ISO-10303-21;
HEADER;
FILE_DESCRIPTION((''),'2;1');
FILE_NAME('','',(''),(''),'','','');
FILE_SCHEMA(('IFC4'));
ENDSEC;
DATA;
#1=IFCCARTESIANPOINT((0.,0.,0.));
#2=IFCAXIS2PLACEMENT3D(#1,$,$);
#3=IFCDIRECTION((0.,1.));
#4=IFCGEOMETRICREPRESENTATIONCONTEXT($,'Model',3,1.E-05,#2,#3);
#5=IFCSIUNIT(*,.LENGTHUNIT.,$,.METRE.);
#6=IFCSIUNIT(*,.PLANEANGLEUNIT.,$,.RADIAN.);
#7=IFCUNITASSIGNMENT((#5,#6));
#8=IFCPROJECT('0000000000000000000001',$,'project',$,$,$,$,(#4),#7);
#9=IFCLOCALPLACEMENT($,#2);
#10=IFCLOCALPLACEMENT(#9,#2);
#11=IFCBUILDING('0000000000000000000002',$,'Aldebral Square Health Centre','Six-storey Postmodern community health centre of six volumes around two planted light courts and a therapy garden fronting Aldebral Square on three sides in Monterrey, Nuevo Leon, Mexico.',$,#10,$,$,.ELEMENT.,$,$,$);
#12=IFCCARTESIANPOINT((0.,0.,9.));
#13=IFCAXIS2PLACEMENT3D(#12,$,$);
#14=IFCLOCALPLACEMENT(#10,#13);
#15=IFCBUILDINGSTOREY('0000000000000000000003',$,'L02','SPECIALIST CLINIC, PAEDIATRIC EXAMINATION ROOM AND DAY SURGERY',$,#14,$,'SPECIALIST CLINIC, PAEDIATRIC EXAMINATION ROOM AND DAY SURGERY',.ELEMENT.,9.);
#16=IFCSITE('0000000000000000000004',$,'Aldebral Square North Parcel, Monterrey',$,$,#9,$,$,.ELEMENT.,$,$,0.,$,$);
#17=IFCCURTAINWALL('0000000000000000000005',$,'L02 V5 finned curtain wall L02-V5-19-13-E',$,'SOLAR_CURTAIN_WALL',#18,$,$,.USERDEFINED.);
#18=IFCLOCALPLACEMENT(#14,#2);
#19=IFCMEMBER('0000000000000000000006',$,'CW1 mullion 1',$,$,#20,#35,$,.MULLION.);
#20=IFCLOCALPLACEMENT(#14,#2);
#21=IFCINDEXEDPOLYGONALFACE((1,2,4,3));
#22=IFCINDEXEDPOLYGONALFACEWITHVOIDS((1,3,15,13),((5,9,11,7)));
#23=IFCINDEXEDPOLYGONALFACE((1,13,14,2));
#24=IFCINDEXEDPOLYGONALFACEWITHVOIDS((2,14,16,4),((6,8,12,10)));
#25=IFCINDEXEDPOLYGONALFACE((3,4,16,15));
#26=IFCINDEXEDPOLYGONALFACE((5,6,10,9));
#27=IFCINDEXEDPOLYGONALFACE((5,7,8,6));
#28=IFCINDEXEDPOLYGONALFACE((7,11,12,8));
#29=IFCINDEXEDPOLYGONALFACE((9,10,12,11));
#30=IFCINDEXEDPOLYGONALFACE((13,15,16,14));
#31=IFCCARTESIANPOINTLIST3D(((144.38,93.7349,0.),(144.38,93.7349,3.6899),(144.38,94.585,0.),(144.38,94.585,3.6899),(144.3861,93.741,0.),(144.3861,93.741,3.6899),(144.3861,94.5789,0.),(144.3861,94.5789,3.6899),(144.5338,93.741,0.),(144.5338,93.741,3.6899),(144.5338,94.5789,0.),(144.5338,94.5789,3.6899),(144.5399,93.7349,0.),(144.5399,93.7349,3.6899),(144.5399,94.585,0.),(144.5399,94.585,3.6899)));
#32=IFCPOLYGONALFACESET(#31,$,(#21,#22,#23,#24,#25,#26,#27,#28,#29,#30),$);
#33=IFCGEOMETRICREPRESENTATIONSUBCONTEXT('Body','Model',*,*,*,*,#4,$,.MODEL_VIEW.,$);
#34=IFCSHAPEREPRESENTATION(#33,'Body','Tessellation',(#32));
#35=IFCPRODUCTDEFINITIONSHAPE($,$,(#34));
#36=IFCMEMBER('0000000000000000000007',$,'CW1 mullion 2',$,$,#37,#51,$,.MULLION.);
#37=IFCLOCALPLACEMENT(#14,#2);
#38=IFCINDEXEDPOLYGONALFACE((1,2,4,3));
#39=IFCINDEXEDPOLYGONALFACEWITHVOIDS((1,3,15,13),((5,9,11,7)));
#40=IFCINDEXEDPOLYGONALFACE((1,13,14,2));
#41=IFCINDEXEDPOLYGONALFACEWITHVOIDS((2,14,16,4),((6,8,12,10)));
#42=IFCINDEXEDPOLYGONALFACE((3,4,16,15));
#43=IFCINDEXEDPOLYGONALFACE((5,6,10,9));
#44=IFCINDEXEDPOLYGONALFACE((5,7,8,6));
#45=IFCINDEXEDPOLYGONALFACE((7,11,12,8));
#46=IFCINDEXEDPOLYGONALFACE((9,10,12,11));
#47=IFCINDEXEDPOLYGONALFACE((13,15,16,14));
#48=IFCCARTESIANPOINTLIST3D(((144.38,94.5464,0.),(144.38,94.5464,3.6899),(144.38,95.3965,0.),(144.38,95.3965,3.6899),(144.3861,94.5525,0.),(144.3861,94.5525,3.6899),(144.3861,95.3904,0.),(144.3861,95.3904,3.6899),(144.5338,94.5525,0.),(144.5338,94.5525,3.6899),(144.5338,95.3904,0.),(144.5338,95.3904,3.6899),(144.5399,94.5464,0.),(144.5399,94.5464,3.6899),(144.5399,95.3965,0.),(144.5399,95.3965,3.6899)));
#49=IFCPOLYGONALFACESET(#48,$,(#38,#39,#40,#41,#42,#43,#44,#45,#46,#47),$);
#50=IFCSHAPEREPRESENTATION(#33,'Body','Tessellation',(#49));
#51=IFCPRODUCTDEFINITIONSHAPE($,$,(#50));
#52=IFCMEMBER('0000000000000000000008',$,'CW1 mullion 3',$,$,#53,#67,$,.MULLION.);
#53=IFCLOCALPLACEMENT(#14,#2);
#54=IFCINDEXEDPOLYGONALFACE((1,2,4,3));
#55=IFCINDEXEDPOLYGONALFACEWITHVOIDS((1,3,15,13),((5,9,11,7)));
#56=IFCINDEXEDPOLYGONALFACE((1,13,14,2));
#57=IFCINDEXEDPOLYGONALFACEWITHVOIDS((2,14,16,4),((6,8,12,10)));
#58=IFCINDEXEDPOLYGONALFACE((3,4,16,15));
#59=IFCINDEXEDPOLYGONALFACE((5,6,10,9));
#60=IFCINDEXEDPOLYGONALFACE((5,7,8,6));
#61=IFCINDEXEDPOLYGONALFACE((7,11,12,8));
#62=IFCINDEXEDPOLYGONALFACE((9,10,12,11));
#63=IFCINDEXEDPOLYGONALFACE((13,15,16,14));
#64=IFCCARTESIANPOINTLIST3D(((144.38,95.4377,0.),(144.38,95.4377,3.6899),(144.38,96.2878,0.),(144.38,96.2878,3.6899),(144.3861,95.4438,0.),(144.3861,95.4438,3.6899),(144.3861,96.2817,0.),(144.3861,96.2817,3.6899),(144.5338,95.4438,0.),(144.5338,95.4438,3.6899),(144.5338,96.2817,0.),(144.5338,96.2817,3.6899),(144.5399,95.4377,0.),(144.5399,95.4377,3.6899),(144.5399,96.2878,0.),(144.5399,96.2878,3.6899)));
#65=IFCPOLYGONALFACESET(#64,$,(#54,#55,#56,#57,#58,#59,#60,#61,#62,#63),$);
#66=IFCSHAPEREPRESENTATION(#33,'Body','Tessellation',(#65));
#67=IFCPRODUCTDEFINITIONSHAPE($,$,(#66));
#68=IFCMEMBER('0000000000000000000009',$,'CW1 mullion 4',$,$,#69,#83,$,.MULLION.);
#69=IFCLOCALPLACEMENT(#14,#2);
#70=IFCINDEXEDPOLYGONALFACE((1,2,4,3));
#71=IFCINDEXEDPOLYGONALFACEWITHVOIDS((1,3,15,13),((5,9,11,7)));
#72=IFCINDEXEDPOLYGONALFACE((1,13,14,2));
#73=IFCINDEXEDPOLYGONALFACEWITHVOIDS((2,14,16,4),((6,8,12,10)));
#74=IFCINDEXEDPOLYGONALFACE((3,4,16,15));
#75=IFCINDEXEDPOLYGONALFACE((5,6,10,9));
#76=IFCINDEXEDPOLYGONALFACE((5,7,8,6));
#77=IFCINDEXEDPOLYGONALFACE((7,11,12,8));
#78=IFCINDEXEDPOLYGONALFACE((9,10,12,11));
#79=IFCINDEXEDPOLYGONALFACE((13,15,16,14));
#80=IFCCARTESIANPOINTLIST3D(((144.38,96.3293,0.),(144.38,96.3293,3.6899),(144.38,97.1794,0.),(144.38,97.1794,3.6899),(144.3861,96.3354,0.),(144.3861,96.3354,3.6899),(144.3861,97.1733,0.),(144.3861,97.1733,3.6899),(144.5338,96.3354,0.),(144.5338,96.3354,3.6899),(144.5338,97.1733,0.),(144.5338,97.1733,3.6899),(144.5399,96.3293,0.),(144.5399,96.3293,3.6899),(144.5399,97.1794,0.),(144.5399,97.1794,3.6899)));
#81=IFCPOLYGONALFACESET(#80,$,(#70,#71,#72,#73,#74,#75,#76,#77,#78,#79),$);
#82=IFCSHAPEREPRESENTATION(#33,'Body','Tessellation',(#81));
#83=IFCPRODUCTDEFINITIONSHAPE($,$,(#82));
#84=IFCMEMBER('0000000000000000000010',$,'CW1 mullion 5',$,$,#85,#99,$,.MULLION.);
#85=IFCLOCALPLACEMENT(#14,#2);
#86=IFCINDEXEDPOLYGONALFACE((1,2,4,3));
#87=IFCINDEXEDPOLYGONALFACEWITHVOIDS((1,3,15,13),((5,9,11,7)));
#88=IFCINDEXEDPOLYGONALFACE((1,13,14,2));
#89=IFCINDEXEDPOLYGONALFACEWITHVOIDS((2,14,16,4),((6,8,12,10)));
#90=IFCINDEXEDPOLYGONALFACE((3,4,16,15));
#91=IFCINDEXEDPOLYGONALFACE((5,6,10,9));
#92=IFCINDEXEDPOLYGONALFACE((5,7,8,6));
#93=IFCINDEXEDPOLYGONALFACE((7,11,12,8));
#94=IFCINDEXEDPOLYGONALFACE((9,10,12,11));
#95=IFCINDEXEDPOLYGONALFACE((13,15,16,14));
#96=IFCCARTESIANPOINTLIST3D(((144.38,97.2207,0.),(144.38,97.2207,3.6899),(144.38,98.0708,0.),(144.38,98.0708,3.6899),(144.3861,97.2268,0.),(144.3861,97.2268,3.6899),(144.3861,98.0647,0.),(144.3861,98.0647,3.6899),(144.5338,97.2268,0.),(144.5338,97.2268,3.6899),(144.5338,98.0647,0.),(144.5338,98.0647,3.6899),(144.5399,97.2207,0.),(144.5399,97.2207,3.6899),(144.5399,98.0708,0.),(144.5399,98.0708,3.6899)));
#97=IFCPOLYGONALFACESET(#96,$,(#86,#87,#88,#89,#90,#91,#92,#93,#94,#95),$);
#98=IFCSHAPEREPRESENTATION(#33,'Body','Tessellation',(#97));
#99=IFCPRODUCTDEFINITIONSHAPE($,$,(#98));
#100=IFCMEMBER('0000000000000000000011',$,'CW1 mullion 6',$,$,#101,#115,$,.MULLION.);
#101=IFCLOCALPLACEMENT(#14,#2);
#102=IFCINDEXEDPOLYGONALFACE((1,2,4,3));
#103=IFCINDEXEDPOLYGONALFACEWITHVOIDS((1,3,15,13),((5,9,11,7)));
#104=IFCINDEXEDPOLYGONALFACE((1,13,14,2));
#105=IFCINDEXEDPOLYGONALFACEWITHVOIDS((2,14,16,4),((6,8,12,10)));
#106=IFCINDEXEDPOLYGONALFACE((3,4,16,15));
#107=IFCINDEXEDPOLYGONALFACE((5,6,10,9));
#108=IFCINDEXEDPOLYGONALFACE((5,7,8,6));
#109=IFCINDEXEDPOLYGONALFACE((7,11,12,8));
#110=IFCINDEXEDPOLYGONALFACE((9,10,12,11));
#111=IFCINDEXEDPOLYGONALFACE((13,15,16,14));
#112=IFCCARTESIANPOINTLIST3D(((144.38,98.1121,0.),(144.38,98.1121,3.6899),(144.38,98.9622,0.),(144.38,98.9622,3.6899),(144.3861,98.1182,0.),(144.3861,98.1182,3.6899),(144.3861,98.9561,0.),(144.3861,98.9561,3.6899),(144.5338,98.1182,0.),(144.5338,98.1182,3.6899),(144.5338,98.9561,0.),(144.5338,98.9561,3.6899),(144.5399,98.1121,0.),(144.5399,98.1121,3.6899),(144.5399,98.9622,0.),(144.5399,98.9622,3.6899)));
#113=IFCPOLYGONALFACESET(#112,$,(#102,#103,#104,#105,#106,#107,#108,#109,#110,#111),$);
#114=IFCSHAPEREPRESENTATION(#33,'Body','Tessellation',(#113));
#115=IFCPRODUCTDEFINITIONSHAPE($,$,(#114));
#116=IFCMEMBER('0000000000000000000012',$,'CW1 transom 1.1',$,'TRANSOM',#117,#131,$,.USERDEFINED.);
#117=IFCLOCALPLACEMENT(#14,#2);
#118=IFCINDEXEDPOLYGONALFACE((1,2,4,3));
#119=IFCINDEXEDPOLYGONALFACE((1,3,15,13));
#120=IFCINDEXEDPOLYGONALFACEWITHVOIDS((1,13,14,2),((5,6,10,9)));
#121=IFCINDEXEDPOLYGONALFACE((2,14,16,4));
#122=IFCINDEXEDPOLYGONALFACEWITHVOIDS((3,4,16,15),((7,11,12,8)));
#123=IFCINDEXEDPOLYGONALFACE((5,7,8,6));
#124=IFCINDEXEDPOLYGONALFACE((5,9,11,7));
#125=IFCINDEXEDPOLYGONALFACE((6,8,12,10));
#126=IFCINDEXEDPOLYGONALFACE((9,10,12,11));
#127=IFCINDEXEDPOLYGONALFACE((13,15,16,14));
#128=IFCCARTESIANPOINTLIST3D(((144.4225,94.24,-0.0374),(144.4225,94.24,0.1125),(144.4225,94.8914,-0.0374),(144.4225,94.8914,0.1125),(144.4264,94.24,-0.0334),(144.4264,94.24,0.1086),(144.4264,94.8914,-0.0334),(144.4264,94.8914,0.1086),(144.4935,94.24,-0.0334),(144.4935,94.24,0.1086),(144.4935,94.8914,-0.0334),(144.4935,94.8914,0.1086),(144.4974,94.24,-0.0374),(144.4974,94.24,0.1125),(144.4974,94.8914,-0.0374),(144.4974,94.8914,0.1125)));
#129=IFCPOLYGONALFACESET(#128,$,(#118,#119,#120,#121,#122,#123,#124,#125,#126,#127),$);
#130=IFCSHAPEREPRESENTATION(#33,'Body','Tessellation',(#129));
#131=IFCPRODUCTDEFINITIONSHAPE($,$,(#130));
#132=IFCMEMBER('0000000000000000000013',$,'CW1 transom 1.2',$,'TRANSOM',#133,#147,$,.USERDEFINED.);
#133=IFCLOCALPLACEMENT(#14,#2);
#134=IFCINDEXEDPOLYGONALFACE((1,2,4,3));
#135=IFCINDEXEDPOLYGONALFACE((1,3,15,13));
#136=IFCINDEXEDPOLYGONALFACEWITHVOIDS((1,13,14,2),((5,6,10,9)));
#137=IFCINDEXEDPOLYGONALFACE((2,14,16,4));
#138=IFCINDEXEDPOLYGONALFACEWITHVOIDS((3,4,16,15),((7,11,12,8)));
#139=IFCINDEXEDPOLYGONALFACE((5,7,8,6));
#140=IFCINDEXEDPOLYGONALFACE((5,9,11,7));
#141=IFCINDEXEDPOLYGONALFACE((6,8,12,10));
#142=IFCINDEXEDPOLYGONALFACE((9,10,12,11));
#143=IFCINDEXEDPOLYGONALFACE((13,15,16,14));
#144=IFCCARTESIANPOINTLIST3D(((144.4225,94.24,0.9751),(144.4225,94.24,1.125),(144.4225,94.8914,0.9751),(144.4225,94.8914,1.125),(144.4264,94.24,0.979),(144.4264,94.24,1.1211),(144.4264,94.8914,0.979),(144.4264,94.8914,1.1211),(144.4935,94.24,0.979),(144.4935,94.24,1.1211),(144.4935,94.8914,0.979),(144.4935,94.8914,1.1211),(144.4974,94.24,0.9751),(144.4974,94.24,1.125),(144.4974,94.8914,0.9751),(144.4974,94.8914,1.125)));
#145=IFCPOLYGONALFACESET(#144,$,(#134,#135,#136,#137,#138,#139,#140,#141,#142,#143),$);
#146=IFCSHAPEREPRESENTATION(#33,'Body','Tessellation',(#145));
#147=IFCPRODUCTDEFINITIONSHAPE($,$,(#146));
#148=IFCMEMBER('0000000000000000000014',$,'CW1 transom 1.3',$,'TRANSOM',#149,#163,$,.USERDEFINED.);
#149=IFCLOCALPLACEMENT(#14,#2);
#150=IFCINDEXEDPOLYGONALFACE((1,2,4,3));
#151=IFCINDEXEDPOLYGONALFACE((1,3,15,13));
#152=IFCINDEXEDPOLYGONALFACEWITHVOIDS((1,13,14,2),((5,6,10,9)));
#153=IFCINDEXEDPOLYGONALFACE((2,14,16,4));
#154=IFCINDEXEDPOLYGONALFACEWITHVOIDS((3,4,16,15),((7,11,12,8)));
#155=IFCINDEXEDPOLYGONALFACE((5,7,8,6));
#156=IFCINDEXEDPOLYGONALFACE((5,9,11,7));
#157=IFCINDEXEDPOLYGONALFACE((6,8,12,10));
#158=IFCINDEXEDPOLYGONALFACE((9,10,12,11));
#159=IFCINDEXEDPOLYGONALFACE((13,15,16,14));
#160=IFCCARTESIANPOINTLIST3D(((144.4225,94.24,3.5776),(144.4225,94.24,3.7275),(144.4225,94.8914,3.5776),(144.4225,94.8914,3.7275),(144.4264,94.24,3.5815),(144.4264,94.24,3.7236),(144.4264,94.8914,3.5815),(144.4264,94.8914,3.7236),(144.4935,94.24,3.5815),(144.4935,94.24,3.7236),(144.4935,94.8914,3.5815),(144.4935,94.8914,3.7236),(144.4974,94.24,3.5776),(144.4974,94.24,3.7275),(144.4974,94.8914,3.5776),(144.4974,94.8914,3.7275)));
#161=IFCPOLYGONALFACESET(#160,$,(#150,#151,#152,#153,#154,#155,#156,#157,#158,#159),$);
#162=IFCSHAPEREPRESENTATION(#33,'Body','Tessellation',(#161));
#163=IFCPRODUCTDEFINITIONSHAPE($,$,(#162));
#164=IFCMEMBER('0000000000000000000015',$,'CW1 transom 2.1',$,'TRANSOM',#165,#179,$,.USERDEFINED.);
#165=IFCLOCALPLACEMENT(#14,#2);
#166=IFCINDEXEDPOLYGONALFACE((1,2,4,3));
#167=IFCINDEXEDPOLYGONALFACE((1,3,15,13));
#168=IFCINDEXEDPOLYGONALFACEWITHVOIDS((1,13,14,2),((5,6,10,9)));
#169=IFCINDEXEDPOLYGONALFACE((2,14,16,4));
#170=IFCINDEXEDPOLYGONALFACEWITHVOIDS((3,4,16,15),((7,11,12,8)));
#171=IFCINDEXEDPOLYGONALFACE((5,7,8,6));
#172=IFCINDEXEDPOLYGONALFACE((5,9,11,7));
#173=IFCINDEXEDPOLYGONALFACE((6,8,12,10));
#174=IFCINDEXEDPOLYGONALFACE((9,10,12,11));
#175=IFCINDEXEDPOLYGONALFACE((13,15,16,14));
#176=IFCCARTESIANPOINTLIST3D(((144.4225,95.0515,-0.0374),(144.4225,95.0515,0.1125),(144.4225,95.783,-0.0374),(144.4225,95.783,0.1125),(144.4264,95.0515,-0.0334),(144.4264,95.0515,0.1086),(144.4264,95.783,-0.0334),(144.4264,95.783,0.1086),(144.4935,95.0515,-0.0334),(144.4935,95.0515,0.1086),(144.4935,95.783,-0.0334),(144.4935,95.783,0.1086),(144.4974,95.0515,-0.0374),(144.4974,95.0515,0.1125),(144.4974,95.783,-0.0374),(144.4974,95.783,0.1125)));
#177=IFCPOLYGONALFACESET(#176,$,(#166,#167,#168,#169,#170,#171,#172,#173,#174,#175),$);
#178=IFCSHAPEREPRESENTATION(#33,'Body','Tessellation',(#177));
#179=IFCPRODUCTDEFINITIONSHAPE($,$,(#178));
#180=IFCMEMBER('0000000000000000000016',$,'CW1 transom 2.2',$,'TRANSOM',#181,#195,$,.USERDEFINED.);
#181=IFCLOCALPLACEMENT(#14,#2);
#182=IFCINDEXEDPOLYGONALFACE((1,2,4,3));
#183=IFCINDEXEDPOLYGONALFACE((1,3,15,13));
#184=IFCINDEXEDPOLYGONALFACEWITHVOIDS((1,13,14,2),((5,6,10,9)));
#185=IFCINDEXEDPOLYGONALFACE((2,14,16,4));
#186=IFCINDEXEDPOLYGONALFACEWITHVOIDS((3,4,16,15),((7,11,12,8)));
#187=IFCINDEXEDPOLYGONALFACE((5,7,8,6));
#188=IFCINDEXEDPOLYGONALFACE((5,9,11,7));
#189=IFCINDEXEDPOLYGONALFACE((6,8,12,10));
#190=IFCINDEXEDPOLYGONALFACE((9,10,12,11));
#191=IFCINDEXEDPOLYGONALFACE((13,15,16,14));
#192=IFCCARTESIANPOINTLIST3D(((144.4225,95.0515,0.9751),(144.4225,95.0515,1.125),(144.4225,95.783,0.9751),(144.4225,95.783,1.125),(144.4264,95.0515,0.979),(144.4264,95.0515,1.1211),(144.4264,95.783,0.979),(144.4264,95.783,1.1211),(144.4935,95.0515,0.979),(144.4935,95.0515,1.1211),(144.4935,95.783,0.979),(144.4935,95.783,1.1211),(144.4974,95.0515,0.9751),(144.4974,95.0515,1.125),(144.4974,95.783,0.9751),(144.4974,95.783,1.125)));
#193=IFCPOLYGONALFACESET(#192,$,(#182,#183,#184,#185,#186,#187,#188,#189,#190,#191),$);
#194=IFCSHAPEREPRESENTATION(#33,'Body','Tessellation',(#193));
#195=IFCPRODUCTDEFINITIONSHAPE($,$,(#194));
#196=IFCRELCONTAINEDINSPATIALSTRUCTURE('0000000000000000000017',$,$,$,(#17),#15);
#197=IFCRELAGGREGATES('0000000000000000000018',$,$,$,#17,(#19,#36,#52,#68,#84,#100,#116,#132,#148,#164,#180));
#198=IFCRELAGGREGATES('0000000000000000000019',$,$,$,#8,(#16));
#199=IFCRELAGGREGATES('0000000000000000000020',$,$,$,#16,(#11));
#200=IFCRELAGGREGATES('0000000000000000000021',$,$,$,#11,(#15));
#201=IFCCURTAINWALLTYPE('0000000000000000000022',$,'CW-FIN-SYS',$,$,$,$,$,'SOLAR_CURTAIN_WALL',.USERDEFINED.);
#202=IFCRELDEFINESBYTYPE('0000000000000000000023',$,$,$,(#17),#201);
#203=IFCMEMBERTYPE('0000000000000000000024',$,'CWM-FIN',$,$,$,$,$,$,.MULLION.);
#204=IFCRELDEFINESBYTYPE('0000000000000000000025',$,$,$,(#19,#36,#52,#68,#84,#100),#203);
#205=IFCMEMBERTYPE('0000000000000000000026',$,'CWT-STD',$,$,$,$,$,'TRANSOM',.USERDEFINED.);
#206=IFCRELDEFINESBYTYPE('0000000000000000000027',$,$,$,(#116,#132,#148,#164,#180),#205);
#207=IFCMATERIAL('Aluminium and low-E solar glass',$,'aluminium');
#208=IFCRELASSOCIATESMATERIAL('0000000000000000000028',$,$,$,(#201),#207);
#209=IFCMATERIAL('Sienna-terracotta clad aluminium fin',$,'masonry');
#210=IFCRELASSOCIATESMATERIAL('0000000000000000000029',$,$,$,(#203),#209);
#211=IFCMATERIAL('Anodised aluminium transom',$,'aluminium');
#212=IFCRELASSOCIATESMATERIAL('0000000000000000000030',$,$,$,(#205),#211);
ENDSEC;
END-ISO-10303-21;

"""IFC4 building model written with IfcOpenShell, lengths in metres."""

from ifc_helpers import new_model, si_unit, direction, frame, origin, origin_2d, place, context, subcontext, project, spatial, hollow_rectangle, extrude, material, material_profile, profile_set, type_object, element, aggregate, save


model = new_model("IFC4")

# Units and contexts
model_context = context("Model", 3, precision=1e-05, world=origin(), true_north=direction((0.0, 1.0)))
body_context = subcontext(model_context, "Body", "Model", "MODEL_VIEW")
ifc_project = project(units=[si_unit("LENGTHUNIT", "METRE"), si_unit("PLANEANGLEUNIT", "RADIAN")], contexts=[model_context])

# Site, building, storey
site_placement = place(None, origin())
site = spatial("IfcSite", under=ifc_project, at=site_placement, Name="Aldebral Square North Parcel, Monterrey", CompositionType="ELEMENT", RefElevation=0.0)
building_placement = place(site_placement, origin())
building = spatial("IfcBuilding", under=site, at=building_placement, Name="Aldebral Square Health Centre", Description="Six-storey Postmodern community health centre of six volumes around two planted light courts and a therapy garden fronting Aldebral Square on three sides in Monterrey, Nuevo Leon, Mexico.", CompositionType="ELEMENT")
storey_placement = place(building_placement, frame((0.0, 0.0, 9.0)))
storey = spatial("IfcBuildingStorey", under=building, at=storey_placement, Name="L02", Description="SPECIALIST CLINIC, PAEDIATRIC EXAMINATION ROOM AND DAY SURGERY", LongName="SPECIALIST CLINIC, PAEDIATRIC EXAMINATION ROOM AND DAY SURGERY", CompositionType="ELEMENT", Elevation=9.0)

# Curtain wall, members
ifc_material_1 = material(Name="Aluminium and low-E solar glass", Category="aluminium")
curtain_wall_type = type_object("IfcCurtainWallType", Name="CW-FIN-SYS", ElementType="SOLAR_CURTAIN_WALL", PredefinedType="USERDEFINED", material=ifc_material_1)
curtain_wall_placement = place(storey_placement, origin())
curtain_wall = element("IfcCurtainWall", 1, at=curtain_wall_placement, inside=storey, type_object=curtain_wall_type, Name="L02 V5 finned curtain wall L02-V5-19-13-E", ObjectType="SOLAR_CURTAIN_WALL", PredefinedType="USERDEFINED")
ifc_material_2 = material(Name="Sienna-terracotta clad aluminium fin", Category="masonry")
ifc_material_profile_1 = material_profile(ifc_material_2, hollow_rectangle(XDim=0.1599, YDim=0.8501, WallThickness=0.0061, at=origin_2d()), Name="FIN 160x850x6")
ifc_profile_set_1 = profile_set([ifc_material_profile_1], Name="Sienna-terracotta clad aluminium fin")
member_type_1 = type_object("IfcMemberType", Name="CWM-FIN", PredefinedType="MULLION", material=ifc_profile_set_1)
member_1_placement = place(storey_placement, frame((144.46, 94.1599, 0.0), z_axis=(0.0, 0.0, 1.0), x_axis=(-1.0, 0.0, 0.0)))
member_1 = element("IfcMember", 2, at=member_1_placement, type_object=member_type_1, Name="CW1 mullion 1", PredefinedType="MULLION", context=body_context, shape_type="SweptSolid", body=[
    extrude(hollow_rectangle(XDim=0.1599, YDim=0.8501, WallThickness=0.0061, at=origin_2d()), origin(), (0.0, 0.0, 1.0), 3.6899),
])
member_2_placement = place(storey_placement, frame((144.46, 94.9714, 0.0), z_axis=(0.0, 0.0, 1.0), x_axis=(-1.0, 0.0, 0.0)))
member_2 = element("IfcMember", 3, at=member_2_placement, type_object=member_type_1, Name="CW1 mullion 2", PredefinedType="MULLION", context=body_context, shape_type="SweptSolid", body=[
    extrude(hollow_rectangle(XDim=0.1599, YDim=0.8501, WallThickness=0.0061, at=origin_2d()), origin(), (0.0, 0.0, 1.0), 3.6899),
])
member_3_placement = place(storey_placement, frame((144.46, 95.8628, 0.0), z_axis=(0.0, 0.0, 1.0), x_axis=(-1.0, 0.0, 0.0)))
member_3 = element("IfcMember", 4, at=member_3_placement, type_object=member_type_1, Name="CW1 mullion 3", PredefinedType="MULLION", context=body_context, shape_type="SweptSolid", body=[
    extrude(hollow_rectangle(XDim=0.1599, YDim=0.8501, WallThickness=0.0061, at=origin_2d()), origin(), (0.0, 0.0, 1.0), 3.6899),
])
member_4_placement = place(storey_placement, frame((144.46, 96.7544, 0.0), z_axis=(0.0, 0.0, 1.0), x_axis=(-1.0, 0.0, 0.0)))
member_4 = element("IfcMember", 5, at=member_4_placement, type_object=member_type_1, Name="CW1 mullion 4", PredefinedType="MULLION", context=body_context, shape_type="SweptSolid", body=[
    extrude(hollow_rectangle(XDim=0.1599, YDim=0.8501, WallThickness=0.0061, at=origin_2d()), origin(), (0.0, 0.0, 1.0), 3.6899),
])
member_5_placement = place(storey_placement, frame((144.46, 97.6458, 0.0), z_axis=(0.0, 0.0, 1.0), x_axis=(-1.0, 0.0, 0.0)))
member_5 = element("IfcMember", 6, at=member_5_placement, type_object=member_type_1, Name="CW1 mullion 5", PredefinedType="MULLION", context=body_context, shape_type="SweptSolid", body=[
    extrude(hollow_rectangle(XDim=0.1599, YDim=0.8501, WallThickness=0.0061, at=origin_2d()), origin(), (0.0, 0.0, 1.0), 3.6899),
])
member_6_placement = place(storey_placement, frame((144.46, 98.5371, 0.0), z_axis=(0.0, 0.0, 1.0), x_axis=(-1.0, 0.0, 0.0)))
member_6 = element("IfcMember", 7, at=member_6_placement, type_object=member_type_1, Name="CW1 mullion 6", PredefinedType="MULLION", context=body_context, shape_type="SweptSolid", body=[
    extrude(hollow_rectangle(XDim=0.1599, YDim=0.8501, WallThickness=0.0061, at=origin_2d()), origin(), (0.0, 0.0, 1.0), 3.6899),
])
ifc_material_3 = material(Name="Anodised aluminium transom", Category="aluminium")
ifc_material_profile_2 = material_profile(ifc_material_3, hollow_rectangle(XDim=0.075, YDim=0.1499, WallThickness=0.0039, at=origin_2d()), Name="CWT 75x150x4")
ifc_profile_set_2 = profile_set([ifc_material_profile_2], Name="Anodised aluminium transom")
member_type_2 = type_object("IfcMemberType", Name="CWT-STD", ElementType="TRANSOM", PredefinedType="USERDEFINED", material=ifc_profile_set_2)
member_7_placement = place(storey_placement, frame((144.46, 94.24, 0.0376), z_axis=(0.0, 1.0, 0.0), x_axis=(-1.0, 0.0, 0.0)))
member_7 = element("IfcMember", 8, at=member_7_placement, type_object=member_type_2, Name="CW1 transom 1.1", ObjectType="TRANSOM", PredefinedType="USERDEFINED", context=body_context, shape_type="SweptSolid", body=[
    extrude(hollow_rectangle(XDim=0.075, YDim=0.1499, WallThickness=0.0039, at=origin_2d()), origin(), (0.0, 0.0, 1.0), 0.6514),
])
member_8_placement = place(storey_placement, frame((144.46, 94.24, 1.05), z_axis=(0.0, 1.0, 0.0), x_axis=(-1.0, 0.0, 0.0)))
member_8 = element("IfcMember", 9, at=member_8_placement, type_object=member_type_2, Name="CW1 transom 1.2", ObjectType="TRANSOM", PredefinedType="USERDEFINED", context=body_context, shape_type="SweptSolid", body=[
    extrude(hollow_rectangle(XDim=0.075, YDim=0.1499, WallThickness=0.0039, at=origin_2d()), origin(), (0.0, 0.0, 1.0), 0.6514),
])
member_9_placement = place(storey_placement, frame((144.46, 94.24, 3.6526), z_axis=(0.0, 1.0, 0.0), x_axis=(-1.0, 0.0, 0.0)))
member_9 = element("IfcMember", 10, at=member_9_placement, type_object=member_type_2, Name="CW1 transom 1.3", ObjectType="TRANSOM", PredefinedType="USERDEFINED", context=body_context, shape_type="SweptSolid", body=[
    extrude(hollow_rectangle(XDim=0.075, YDim=0.1499, WallThickness=0.0039, at=origin_2d()), origin(), (0.0, 0.0, 1.0), 0.6514),
])
member_10_placement = place(storey_placement, frame((144.46, 95.0515, 0.0376), z_axis=(0.0, 1.0, 0.0), x_axis=(-1.0, 0.0, 0.0)))
member_10 = element("IfcMember", 11, at=member_10_placement, type_object=member_type_2, Name="CW1 transom 2.1", ObjectType="TRANSOM", PredefinedType="USERDEFINED", context=body_context, shape_type="SweptSolid", body=[
    extrude(hollow_rectangle(XDim=0.075, YDim=0.1499, WallThickness=0.0039, at=origin_2d()), origin(), (0.0, 0.0, 1.0), 0.7314),
])
member_11_placement = place(storey_placement, frame((144.46, 95.0515, 1.05), z_axis=(0.0, 1.0, 0.0), x_axis=(-1.0, 0.0, 0.0)))
member_11 = element("IfcMember", 12, at=member_11_placement, type_object=member_type_2, Name="CW1 transom 2.2", ObjectType="TRANSOM", PredefinedType="USERDEFINED", context=body_context, shape_type="SweptSolid", body=[
    extrude(hollow_rectangle(XDim=0.075, YDim=0.1499, WallThickness=0.0039, at=origin_2d()), origin(), (0.0, 0.0, 1.0), 0.7314),
])
aggregate(curtain_wall, [member_1, member_2, member_3, member_4, member_5, member_6, member_7, member_8, member_9, member_10, member_11])

save(model, "model.ifc")
